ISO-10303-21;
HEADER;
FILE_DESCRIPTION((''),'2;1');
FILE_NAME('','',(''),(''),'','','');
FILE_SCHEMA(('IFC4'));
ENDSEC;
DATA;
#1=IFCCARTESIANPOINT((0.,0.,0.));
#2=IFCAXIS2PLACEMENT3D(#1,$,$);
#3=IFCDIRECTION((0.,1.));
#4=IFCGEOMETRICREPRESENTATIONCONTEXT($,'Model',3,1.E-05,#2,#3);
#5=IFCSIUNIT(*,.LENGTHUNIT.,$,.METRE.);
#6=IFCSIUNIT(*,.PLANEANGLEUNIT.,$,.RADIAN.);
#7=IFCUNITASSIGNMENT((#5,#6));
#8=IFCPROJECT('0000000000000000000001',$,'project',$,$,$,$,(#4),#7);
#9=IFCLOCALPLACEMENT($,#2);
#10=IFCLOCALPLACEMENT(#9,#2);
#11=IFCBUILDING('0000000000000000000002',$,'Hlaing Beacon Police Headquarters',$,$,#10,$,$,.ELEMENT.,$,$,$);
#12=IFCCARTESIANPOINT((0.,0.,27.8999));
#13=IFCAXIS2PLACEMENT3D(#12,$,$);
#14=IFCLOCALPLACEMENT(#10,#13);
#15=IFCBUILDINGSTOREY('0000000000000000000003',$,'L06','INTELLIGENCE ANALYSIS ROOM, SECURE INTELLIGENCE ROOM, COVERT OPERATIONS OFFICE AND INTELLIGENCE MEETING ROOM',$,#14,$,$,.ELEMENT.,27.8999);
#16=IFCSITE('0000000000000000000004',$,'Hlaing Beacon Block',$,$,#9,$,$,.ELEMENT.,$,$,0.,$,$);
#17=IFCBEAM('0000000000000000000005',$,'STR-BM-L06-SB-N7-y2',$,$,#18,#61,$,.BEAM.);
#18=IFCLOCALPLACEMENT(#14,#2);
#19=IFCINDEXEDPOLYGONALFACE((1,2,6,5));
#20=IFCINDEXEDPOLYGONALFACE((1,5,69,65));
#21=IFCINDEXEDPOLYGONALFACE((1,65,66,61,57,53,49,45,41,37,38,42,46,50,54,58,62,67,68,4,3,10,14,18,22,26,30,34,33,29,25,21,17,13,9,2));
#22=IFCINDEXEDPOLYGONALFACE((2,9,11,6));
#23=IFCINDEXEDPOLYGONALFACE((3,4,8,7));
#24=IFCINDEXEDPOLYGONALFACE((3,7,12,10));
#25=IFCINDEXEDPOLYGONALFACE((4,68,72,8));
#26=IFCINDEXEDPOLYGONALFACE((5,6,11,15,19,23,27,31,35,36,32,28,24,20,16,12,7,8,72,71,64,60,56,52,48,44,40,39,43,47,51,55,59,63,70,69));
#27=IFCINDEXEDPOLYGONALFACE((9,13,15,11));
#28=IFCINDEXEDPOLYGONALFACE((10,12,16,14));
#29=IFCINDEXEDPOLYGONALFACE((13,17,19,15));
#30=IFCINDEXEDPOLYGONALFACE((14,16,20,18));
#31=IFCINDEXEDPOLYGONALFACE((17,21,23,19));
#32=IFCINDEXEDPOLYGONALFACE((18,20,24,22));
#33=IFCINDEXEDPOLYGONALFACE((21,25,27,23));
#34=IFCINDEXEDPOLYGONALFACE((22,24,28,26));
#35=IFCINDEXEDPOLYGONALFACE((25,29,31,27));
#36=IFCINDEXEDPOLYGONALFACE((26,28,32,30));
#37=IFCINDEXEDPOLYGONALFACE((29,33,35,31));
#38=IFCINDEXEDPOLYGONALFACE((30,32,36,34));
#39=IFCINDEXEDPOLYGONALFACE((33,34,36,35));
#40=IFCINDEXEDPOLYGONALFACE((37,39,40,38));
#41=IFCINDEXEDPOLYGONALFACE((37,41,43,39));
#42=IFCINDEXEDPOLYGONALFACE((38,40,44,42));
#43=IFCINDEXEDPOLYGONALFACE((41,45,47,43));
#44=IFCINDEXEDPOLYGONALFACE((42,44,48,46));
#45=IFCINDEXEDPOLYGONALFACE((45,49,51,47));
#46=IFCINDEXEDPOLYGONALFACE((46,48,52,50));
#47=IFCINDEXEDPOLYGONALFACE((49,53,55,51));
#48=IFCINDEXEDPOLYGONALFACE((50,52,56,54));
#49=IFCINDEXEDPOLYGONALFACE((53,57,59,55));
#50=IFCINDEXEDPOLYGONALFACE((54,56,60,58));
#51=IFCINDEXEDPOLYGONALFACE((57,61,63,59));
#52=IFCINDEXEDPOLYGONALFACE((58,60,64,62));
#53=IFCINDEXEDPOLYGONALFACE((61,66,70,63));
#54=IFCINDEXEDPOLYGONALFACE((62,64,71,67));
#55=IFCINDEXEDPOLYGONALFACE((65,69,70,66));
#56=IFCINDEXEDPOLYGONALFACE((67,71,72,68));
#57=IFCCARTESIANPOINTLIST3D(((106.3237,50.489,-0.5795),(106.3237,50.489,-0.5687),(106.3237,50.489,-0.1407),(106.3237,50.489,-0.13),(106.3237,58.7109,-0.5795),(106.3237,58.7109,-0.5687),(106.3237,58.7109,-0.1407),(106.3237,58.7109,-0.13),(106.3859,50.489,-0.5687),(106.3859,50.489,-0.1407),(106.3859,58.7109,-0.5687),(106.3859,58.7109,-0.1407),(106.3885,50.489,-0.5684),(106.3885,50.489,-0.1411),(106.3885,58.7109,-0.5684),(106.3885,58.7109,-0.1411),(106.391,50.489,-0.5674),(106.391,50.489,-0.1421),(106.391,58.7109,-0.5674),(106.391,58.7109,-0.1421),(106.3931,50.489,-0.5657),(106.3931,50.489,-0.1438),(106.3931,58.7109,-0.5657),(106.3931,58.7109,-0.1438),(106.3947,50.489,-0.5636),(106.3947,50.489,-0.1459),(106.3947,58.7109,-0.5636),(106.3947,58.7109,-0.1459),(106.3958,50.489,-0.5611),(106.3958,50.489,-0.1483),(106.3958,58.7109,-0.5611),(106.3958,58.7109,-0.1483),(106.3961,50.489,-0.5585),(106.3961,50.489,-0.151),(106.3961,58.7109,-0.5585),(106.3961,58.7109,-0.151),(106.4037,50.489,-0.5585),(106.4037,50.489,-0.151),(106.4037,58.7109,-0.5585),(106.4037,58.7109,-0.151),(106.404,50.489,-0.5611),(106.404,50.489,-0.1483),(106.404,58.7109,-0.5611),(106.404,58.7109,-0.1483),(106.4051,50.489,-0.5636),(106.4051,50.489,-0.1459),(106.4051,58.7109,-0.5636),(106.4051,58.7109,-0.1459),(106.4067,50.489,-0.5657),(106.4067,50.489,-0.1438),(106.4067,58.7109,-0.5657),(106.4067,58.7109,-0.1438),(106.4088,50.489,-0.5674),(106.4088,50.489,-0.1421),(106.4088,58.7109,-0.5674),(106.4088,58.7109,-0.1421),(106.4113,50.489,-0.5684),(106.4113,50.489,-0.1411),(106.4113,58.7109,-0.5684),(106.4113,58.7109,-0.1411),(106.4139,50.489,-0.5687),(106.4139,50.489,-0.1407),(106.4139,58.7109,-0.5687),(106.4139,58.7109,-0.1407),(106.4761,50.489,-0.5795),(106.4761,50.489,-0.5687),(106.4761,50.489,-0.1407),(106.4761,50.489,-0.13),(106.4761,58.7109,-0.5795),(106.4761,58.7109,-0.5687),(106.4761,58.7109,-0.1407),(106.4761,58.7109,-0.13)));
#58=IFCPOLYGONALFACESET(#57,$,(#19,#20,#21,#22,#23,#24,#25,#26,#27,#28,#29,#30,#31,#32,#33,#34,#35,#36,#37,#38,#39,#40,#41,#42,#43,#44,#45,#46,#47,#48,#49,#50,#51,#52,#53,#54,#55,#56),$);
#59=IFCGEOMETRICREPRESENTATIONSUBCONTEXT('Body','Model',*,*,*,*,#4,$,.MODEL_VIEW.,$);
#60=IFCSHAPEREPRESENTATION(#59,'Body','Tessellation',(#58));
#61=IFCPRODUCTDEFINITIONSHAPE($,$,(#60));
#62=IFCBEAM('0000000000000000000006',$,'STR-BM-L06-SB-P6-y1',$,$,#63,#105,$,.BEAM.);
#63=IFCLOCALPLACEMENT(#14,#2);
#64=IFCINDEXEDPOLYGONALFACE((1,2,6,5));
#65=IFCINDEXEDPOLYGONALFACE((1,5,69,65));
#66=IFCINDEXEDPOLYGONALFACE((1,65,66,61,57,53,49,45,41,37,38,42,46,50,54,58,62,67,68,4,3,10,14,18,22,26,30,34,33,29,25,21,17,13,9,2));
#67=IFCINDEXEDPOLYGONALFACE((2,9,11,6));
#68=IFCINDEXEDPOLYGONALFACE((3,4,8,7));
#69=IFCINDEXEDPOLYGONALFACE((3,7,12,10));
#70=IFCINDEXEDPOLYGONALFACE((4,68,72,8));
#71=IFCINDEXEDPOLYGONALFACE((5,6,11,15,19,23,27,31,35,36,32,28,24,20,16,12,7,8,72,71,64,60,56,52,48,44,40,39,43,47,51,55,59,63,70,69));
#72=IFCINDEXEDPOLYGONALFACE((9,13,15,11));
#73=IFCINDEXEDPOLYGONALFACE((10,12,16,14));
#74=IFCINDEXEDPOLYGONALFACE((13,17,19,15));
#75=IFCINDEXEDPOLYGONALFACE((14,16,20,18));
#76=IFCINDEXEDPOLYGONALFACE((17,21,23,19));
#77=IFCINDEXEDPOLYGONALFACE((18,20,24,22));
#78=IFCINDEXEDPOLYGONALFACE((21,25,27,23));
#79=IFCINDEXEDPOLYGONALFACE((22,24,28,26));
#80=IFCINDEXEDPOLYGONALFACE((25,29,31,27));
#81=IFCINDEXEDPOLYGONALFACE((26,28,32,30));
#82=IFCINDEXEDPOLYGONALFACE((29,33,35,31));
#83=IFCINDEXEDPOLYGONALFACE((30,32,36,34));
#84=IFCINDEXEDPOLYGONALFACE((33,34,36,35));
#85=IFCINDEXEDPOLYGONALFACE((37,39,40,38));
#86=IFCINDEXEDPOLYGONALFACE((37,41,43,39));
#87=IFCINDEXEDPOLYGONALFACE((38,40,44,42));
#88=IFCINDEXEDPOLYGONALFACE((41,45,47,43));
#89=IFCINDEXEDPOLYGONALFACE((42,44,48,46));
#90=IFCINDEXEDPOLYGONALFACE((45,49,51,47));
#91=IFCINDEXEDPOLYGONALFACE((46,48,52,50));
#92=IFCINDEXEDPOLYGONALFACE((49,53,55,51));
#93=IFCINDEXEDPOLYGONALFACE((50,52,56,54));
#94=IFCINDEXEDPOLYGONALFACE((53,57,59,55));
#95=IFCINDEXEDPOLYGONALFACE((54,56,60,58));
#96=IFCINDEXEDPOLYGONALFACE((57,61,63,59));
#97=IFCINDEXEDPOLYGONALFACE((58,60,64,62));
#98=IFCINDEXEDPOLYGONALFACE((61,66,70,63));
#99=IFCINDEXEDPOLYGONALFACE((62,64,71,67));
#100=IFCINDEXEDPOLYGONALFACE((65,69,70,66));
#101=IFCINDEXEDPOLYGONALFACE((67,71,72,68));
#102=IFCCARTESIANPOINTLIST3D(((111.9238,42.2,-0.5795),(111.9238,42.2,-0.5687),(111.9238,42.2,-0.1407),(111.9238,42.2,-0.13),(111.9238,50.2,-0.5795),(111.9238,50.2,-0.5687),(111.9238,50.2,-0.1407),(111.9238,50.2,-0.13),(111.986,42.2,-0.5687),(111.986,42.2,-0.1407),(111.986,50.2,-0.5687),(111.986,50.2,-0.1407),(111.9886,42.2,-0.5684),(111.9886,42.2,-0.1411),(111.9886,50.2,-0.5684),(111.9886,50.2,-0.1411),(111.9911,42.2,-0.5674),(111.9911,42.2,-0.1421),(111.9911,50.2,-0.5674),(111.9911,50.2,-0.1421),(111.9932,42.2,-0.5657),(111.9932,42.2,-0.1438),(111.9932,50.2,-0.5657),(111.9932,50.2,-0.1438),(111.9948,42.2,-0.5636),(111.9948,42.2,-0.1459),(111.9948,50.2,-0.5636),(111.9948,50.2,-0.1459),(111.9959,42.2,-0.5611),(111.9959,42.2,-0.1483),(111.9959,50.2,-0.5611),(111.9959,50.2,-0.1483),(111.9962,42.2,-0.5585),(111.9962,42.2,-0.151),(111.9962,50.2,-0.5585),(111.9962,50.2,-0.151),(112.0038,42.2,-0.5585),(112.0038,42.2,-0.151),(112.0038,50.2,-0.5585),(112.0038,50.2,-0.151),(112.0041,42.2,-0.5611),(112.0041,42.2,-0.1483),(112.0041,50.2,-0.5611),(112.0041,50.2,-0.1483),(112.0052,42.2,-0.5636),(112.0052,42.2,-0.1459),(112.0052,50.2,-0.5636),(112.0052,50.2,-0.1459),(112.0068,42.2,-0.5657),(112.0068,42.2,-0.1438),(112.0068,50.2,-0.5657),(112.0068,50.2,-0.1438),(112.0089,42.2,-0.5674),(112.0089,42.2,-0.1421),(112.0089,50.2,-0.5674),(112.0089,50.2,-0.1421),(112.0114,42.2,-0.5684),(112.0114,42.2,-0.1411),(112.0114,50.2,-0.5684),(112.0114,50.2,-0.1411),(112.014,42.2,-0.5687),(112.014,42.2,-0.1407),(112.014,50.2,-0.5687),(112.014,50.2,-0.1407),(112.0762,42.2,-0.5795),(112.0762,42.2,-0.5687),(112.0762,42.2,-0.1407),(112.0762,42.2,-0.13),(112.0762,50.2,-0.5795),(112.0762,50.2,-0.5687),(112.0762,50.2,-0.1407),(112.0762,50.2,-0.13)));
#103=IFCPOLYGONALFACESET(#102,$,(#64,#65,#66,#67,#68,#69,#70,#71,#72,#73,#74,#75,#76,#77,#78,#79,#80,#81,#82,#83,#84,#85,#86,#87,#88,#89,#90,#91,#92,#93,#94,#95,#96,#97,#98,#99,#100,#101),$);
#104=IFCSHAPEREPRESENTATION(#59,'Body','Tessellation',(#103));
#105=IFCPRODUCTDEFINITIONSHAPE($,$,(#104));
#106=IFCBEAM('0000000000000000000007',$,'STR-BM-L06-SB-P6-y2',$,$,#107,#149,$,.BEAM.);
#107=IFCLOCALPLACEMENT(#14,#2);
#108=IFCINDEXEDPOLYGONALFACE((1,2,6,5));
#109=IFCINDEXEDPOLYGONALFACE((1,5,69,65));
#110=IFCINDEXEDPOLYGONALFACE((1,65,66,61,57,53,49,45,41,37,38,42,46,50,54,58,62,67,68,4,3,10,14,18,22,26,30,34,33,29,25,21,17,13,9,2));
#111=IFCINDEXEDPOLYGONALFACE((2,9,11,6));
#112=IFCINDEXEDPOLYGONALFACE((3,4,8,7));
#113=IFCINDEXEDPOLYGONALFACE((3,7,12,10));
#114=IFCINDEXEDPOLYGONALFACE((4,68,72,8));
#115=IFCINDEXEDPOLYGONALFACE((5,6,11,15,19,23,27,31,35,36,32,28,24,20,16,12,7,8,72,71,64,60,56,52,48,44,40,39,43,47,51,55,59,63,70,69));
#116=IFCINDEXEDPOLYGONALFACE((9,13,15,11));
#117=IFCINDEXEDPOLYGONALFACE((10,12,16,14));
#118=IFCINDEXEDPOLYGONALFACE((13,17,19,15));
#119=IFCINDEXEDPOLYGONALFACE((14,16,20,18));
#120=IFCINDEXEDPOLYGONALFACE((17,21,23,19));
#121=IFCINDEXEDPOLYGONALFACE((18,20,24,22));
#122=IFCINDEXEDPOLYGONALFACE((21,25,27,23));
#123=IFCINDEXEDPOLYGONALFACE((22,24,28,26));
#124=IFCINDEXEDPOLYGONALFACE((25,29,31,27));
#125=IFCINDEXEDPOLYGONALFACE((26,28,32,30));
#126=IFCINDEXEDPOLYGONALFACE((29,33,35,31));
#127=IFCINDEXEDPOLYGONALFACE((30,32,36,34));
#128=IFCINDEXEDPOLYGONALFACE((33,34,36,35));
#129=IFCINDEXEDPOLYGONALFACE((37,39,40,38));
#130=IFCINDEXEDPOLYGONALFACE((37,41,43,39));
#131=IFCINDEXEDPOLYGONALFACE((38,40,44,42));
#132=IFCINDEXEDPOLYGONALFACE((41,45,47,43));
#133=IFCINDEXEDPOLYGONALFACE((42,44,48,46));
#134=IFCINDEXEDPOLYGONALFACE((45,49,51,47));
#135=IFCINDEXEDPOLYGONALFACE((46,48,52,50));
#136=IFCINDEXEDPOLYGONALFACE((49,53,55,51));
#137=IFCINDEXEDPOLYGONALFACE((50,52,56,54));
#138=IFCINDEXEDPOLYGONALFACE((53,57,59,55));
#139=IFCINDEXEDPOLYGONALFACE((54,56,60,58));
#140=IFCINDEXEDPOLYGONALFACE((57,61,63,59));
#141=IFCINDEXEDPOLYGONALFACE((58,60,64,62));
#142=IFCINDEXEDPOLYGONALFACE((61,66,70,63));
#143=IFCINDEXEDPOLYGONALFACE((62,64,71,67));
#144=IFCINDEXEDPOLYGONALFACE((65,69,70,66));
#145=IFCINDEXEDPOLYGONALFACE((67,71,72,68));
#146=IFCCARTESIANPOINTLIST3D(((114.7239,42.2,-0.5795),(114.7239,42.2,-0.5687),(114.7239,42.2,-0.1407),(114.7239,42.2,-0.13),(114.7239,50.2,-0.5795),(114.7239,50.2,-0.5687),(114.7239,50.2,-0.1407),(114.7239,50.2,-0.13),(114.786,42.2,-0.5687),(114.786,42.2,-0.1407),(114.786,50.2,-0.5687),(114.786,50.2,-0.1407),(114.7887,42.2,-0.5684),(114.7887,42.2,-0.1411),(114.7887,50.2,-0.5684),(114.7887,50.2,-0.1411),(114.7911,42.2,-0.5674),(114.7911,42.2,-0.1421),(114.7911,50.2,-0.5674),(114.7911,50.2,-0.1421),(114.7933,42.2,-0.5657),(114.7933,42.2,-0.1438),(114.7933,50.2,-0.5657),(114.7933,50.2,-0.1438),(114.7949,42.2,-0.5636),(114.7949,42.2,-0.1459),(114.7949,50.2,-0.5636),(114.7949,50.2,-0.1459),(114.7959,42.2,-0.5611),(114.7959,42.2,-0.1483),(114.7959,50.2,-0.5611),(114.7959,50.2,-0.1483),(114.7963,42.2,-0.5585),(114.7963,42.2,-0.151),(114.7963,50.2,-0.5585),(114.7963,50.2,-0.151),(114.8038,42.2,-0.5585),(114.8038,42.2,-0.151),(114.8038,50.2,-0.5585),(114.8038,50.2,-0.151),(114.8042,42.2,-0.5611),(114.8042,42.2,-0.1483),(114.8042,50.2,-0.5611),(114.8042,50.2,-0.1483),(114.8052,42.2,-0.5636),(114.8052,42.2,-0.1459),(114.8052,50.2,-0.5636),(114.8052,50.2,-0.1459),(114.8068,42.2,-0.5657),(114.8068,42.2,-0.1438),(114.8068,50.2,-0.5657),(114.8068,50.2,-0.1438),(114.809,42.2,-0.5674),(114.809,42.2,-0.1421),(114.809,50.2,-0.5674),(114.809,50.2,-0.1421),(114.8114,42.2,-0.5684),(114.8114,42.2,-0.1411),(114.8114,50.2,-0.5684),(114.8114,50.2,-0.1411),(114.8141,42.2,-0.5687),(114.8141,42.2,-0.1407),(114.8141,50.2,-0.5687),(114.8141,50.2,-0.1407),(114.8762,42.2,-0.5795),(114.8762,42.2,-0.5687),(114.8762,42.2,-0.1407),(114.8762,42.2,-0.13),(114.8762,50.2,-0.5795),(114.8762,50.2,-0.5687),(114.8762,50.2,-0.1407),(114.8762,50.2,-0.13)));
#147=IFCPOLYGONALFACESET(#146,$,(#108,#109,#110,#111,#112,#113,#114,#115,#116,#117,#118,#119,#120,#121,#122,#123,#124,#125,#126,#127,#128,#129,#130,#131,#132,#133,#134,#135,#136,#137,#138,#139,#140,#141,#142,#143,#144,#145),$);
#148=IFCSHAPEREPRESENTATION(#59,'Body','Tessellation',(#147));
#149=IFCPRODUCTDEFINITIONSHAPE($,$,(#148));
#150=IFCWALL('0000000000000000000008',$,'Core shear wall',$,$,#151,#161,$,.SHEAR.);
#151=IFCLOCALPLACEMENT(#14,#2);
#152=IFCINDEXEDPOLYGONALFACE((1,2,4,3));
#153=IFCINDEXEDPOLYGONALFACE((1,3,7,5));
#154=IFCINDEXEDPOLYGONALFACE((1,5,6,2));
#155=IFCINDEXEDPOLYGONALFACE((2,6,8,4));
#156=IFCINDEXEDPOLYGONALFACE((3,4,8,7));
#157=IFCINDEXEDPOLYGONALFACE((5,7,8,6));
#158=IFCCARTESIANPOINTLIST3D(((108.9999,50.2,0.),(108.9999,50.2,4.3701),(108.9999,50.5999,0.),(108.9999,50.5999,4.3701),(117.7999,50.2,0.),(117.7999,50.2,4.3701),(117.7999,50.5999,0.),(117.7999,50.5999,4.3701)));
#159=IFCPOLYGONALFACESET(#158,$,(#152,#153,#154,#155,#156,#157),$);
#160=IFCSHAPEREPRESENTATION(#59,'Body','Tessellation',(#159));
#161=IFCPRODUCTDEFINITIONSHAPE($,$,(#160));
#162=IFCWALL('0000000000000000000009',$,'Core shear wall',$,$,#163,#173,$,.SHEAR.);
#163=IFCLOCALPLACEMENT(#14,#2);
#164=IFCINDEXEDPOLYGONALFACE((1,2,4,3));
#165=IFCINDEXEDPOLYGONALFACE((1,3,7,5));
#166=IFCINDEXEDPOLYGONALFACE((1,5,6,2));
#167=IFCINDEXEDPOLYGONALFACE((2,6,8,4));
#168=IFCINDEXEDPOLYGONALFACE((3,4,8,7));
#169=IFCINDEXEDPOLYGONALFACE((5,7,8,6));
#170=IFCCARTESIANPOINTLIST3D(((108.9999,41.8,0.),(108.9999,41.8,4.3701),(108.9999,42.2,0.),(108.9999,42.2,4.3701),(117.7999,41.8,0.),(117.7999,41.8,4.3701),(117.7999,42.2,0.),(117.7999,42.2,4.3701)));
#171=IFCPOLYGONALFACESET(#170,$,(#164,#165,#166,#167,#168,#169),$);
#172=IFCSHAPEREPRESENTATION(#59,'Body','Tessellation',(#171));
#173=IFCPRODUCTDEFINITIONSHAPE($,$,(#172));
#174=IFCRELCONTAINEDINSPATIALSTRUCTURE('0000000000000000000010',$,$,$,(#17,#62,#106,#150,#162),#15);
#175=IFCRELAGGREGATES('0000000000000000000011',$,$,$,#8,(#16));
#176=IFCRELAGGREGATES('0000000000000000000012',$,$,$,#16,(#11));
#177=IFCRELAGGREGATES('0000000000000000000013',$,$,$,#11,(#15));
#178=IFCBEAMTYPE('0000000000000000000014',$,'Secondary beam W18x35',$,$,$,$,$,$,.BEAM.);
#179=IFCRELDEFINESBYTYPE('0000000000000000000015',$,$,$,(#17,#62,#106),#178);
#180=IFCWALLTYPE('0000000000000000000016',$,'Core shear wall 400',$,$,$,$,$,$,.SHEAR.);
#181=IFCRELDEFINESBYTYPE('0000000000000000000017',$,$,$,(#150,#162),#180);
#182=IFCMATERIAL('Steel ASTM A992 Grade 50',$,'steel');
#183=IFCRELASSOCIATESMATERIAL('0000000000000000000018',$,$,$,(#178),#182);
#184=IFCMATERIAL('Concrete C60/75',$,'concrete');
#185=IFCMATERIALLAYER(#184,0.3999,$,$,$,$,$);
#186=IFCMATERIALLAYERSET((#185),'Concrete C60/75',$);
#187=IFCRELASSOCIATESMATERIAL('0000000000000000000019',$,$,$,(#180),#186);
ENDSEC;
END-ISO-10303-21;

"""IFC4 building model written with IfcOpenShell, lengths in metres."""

from ifc_helpers import new_model, si_unit, direction, frame, frame_2d, origin, origin_2d, place, context, subcontext, project, spatial, rectangle, i_section, extrude, material, layer, layer_set, material_profile, profile_set, type_object, element, save


model = new_model("IFC4")

# Units and contexts
model_context = context("Model", 3, precision=1e-05, world=origin(), true_north=direction((0.0, 1.0)))
body_context = subcontext(model_context, "Body", "Model", "MODEL_VIEW")
ifc_project = project(units=[si_unit("LENGTHUNIT", "METRE"), si_unit("PLANEANGLEUNIT", "RADIAN")], contexts=[model_context])

# Site, building, storey
site_placement = place(None, origin())
site = spatial("IfcSite", under=ifc_project, at=site_placement, Name="Hlaing Beacon Block", CompositionType="ELEMENT", RefElevation=0.0)
building_placement = place(site_placement, origin())
building = spatial("IfcBuilding", under=site, at=building_placement, Name="Hlaing Beacon Police Headquarters", CompositionType="ELEMENT")
storey_placement = place(building_placement, frame((0.0, 0.0, 27.8999)))
storey = spatial("IfcBuildingStorey", under=building, at=storey_placement, Name="L06", Description="INTELLIGENCE ANALYSIS ROOM, SECURE INTELLIGENCE ROOM, COVERT OPERATIONS OFFICE AND INTELLIGENCE MEETING ROOM", CompositionType="ELEMENT", Elevation=27.8999)

# Beams
ifc_material_1 = material(Name="Steel ASTM A992 Grade 50", Category="steel")
ifc_material_profile_1 = material_profile(ifc_material_1, i_section(OverallWidth=0.1523, OverallDepth=0.4495, WebThickness=0.0076, FlangeThickness=0.0107, FilletRadius=0.0103, at=origin_2d()), Name="W18x35")
ifc_profile_set_1 = profile_set([ifc_material_profile_1], Name="Steel ASTM A992 Grade 50")
beam_type_1 = type_object("IfcBeamType", Name="Secondary beam W18x35", PredefinedType="BEAM", material=ifc_profile_set_1)
for number, where, z_axis, x_axis, name in (
    (1, (106.3999, 50.489, -0.3547), (0.0, 1.0, 0.0), (-1.0, 0.0, 0.0), "STR-BM-L06-SB-N7-y2"),
):
    element("IfcBeam", number, at=place(storey_placement, frame(where, z_axis=z_axis, x_axis=x_axis)), inside=storey, type_object=beam_type_1, Name=name, PredefinedType="BEAM", context=body_context, shape_type="SweptSolid", body=[
        extrude(i_section(OverallWidth=0.1523, OverallDepth=0.4495, WebThickness=0.0076, FlangeThickness=0.0107, FilletRadius=0.0103, at=origin_2d()), origin(), (0.0, 0.0, 1.0), 8.2219),
    ])
for number, where, z_axis, x_axis, name in (
    (2, (112.0, 42.2, -0.3547), (0.0, 1.0, 0.0), (-1.0, 0.0, 0.0), "STR-BM-L06-SB-P6-y1"),
    (3, (114.8, 42.2, -0.3547), (0.0, 1.0, 0.0), (-1.0, 0.0, 0.0), "STR-BM-L06-SB-P6-y2"),
):
    element("IfcBeam", number, at=place(storey_placement, frame(where, z_axis=z_axis, x_axis=x_axis)), inside=storey, type_object=beam_type_1, Name=name, PredefinedType="BEAM", context=body_context, shape_type="SweptSolid", body=[
        extrude(i_section(OverallWidth=0.1523, OverallDepth=0.4495, WebThickness=0.0076, FlangeThickness=0.0107, FilletRadius=0.0103, at=origin_2d()), origin(), (0.0, 0.0, 1.0), 8.0),
    ])

# Walls
ifc_material_2 = material(Name="Concrete C60/75", Category="concrete")
ifc_layer_1 = layer(ifc_material_2, 0.3999)
ifc_layer_set_1 = layer_set([ifc_layer_1], Name="Concrete C60/75")
wall_type_1 = type_object("IfcWallType", Name="Core shear wall 400", PredefinedType="SHEAR", material=ifc_layer_set_1)
for number, where, z_axis, x_axis, name in (
    (4, (109.0, 50.3999, 0.0), (0.0, 0.0, 1.0), (1.0, 0.0, 0.0), "Core shear wall"),
    (5, (109.0, 42.0, 0.0), (0.0, 0.0, 1.0), (1.0, 0.0, 0.0), "Core shear wall"),
):
    element("IfcWall", number, at=place(storey_placement, frame(where, z_axis=z_axis, x_axis=x_axis)), inside=storey, type_object=wall_type_1, Name=name, PredefinedType="SHEAR", context=body_context, shape_type="SweptSolid", body=[
        extrude(rectangle(XDim=8.8, YDim=0.3999, at=frame_2d((4.3999, 0.0))), origin(), (0.0, 0.0, 1.0), 4.3701),
    ])

save(model, "model.ifc")
